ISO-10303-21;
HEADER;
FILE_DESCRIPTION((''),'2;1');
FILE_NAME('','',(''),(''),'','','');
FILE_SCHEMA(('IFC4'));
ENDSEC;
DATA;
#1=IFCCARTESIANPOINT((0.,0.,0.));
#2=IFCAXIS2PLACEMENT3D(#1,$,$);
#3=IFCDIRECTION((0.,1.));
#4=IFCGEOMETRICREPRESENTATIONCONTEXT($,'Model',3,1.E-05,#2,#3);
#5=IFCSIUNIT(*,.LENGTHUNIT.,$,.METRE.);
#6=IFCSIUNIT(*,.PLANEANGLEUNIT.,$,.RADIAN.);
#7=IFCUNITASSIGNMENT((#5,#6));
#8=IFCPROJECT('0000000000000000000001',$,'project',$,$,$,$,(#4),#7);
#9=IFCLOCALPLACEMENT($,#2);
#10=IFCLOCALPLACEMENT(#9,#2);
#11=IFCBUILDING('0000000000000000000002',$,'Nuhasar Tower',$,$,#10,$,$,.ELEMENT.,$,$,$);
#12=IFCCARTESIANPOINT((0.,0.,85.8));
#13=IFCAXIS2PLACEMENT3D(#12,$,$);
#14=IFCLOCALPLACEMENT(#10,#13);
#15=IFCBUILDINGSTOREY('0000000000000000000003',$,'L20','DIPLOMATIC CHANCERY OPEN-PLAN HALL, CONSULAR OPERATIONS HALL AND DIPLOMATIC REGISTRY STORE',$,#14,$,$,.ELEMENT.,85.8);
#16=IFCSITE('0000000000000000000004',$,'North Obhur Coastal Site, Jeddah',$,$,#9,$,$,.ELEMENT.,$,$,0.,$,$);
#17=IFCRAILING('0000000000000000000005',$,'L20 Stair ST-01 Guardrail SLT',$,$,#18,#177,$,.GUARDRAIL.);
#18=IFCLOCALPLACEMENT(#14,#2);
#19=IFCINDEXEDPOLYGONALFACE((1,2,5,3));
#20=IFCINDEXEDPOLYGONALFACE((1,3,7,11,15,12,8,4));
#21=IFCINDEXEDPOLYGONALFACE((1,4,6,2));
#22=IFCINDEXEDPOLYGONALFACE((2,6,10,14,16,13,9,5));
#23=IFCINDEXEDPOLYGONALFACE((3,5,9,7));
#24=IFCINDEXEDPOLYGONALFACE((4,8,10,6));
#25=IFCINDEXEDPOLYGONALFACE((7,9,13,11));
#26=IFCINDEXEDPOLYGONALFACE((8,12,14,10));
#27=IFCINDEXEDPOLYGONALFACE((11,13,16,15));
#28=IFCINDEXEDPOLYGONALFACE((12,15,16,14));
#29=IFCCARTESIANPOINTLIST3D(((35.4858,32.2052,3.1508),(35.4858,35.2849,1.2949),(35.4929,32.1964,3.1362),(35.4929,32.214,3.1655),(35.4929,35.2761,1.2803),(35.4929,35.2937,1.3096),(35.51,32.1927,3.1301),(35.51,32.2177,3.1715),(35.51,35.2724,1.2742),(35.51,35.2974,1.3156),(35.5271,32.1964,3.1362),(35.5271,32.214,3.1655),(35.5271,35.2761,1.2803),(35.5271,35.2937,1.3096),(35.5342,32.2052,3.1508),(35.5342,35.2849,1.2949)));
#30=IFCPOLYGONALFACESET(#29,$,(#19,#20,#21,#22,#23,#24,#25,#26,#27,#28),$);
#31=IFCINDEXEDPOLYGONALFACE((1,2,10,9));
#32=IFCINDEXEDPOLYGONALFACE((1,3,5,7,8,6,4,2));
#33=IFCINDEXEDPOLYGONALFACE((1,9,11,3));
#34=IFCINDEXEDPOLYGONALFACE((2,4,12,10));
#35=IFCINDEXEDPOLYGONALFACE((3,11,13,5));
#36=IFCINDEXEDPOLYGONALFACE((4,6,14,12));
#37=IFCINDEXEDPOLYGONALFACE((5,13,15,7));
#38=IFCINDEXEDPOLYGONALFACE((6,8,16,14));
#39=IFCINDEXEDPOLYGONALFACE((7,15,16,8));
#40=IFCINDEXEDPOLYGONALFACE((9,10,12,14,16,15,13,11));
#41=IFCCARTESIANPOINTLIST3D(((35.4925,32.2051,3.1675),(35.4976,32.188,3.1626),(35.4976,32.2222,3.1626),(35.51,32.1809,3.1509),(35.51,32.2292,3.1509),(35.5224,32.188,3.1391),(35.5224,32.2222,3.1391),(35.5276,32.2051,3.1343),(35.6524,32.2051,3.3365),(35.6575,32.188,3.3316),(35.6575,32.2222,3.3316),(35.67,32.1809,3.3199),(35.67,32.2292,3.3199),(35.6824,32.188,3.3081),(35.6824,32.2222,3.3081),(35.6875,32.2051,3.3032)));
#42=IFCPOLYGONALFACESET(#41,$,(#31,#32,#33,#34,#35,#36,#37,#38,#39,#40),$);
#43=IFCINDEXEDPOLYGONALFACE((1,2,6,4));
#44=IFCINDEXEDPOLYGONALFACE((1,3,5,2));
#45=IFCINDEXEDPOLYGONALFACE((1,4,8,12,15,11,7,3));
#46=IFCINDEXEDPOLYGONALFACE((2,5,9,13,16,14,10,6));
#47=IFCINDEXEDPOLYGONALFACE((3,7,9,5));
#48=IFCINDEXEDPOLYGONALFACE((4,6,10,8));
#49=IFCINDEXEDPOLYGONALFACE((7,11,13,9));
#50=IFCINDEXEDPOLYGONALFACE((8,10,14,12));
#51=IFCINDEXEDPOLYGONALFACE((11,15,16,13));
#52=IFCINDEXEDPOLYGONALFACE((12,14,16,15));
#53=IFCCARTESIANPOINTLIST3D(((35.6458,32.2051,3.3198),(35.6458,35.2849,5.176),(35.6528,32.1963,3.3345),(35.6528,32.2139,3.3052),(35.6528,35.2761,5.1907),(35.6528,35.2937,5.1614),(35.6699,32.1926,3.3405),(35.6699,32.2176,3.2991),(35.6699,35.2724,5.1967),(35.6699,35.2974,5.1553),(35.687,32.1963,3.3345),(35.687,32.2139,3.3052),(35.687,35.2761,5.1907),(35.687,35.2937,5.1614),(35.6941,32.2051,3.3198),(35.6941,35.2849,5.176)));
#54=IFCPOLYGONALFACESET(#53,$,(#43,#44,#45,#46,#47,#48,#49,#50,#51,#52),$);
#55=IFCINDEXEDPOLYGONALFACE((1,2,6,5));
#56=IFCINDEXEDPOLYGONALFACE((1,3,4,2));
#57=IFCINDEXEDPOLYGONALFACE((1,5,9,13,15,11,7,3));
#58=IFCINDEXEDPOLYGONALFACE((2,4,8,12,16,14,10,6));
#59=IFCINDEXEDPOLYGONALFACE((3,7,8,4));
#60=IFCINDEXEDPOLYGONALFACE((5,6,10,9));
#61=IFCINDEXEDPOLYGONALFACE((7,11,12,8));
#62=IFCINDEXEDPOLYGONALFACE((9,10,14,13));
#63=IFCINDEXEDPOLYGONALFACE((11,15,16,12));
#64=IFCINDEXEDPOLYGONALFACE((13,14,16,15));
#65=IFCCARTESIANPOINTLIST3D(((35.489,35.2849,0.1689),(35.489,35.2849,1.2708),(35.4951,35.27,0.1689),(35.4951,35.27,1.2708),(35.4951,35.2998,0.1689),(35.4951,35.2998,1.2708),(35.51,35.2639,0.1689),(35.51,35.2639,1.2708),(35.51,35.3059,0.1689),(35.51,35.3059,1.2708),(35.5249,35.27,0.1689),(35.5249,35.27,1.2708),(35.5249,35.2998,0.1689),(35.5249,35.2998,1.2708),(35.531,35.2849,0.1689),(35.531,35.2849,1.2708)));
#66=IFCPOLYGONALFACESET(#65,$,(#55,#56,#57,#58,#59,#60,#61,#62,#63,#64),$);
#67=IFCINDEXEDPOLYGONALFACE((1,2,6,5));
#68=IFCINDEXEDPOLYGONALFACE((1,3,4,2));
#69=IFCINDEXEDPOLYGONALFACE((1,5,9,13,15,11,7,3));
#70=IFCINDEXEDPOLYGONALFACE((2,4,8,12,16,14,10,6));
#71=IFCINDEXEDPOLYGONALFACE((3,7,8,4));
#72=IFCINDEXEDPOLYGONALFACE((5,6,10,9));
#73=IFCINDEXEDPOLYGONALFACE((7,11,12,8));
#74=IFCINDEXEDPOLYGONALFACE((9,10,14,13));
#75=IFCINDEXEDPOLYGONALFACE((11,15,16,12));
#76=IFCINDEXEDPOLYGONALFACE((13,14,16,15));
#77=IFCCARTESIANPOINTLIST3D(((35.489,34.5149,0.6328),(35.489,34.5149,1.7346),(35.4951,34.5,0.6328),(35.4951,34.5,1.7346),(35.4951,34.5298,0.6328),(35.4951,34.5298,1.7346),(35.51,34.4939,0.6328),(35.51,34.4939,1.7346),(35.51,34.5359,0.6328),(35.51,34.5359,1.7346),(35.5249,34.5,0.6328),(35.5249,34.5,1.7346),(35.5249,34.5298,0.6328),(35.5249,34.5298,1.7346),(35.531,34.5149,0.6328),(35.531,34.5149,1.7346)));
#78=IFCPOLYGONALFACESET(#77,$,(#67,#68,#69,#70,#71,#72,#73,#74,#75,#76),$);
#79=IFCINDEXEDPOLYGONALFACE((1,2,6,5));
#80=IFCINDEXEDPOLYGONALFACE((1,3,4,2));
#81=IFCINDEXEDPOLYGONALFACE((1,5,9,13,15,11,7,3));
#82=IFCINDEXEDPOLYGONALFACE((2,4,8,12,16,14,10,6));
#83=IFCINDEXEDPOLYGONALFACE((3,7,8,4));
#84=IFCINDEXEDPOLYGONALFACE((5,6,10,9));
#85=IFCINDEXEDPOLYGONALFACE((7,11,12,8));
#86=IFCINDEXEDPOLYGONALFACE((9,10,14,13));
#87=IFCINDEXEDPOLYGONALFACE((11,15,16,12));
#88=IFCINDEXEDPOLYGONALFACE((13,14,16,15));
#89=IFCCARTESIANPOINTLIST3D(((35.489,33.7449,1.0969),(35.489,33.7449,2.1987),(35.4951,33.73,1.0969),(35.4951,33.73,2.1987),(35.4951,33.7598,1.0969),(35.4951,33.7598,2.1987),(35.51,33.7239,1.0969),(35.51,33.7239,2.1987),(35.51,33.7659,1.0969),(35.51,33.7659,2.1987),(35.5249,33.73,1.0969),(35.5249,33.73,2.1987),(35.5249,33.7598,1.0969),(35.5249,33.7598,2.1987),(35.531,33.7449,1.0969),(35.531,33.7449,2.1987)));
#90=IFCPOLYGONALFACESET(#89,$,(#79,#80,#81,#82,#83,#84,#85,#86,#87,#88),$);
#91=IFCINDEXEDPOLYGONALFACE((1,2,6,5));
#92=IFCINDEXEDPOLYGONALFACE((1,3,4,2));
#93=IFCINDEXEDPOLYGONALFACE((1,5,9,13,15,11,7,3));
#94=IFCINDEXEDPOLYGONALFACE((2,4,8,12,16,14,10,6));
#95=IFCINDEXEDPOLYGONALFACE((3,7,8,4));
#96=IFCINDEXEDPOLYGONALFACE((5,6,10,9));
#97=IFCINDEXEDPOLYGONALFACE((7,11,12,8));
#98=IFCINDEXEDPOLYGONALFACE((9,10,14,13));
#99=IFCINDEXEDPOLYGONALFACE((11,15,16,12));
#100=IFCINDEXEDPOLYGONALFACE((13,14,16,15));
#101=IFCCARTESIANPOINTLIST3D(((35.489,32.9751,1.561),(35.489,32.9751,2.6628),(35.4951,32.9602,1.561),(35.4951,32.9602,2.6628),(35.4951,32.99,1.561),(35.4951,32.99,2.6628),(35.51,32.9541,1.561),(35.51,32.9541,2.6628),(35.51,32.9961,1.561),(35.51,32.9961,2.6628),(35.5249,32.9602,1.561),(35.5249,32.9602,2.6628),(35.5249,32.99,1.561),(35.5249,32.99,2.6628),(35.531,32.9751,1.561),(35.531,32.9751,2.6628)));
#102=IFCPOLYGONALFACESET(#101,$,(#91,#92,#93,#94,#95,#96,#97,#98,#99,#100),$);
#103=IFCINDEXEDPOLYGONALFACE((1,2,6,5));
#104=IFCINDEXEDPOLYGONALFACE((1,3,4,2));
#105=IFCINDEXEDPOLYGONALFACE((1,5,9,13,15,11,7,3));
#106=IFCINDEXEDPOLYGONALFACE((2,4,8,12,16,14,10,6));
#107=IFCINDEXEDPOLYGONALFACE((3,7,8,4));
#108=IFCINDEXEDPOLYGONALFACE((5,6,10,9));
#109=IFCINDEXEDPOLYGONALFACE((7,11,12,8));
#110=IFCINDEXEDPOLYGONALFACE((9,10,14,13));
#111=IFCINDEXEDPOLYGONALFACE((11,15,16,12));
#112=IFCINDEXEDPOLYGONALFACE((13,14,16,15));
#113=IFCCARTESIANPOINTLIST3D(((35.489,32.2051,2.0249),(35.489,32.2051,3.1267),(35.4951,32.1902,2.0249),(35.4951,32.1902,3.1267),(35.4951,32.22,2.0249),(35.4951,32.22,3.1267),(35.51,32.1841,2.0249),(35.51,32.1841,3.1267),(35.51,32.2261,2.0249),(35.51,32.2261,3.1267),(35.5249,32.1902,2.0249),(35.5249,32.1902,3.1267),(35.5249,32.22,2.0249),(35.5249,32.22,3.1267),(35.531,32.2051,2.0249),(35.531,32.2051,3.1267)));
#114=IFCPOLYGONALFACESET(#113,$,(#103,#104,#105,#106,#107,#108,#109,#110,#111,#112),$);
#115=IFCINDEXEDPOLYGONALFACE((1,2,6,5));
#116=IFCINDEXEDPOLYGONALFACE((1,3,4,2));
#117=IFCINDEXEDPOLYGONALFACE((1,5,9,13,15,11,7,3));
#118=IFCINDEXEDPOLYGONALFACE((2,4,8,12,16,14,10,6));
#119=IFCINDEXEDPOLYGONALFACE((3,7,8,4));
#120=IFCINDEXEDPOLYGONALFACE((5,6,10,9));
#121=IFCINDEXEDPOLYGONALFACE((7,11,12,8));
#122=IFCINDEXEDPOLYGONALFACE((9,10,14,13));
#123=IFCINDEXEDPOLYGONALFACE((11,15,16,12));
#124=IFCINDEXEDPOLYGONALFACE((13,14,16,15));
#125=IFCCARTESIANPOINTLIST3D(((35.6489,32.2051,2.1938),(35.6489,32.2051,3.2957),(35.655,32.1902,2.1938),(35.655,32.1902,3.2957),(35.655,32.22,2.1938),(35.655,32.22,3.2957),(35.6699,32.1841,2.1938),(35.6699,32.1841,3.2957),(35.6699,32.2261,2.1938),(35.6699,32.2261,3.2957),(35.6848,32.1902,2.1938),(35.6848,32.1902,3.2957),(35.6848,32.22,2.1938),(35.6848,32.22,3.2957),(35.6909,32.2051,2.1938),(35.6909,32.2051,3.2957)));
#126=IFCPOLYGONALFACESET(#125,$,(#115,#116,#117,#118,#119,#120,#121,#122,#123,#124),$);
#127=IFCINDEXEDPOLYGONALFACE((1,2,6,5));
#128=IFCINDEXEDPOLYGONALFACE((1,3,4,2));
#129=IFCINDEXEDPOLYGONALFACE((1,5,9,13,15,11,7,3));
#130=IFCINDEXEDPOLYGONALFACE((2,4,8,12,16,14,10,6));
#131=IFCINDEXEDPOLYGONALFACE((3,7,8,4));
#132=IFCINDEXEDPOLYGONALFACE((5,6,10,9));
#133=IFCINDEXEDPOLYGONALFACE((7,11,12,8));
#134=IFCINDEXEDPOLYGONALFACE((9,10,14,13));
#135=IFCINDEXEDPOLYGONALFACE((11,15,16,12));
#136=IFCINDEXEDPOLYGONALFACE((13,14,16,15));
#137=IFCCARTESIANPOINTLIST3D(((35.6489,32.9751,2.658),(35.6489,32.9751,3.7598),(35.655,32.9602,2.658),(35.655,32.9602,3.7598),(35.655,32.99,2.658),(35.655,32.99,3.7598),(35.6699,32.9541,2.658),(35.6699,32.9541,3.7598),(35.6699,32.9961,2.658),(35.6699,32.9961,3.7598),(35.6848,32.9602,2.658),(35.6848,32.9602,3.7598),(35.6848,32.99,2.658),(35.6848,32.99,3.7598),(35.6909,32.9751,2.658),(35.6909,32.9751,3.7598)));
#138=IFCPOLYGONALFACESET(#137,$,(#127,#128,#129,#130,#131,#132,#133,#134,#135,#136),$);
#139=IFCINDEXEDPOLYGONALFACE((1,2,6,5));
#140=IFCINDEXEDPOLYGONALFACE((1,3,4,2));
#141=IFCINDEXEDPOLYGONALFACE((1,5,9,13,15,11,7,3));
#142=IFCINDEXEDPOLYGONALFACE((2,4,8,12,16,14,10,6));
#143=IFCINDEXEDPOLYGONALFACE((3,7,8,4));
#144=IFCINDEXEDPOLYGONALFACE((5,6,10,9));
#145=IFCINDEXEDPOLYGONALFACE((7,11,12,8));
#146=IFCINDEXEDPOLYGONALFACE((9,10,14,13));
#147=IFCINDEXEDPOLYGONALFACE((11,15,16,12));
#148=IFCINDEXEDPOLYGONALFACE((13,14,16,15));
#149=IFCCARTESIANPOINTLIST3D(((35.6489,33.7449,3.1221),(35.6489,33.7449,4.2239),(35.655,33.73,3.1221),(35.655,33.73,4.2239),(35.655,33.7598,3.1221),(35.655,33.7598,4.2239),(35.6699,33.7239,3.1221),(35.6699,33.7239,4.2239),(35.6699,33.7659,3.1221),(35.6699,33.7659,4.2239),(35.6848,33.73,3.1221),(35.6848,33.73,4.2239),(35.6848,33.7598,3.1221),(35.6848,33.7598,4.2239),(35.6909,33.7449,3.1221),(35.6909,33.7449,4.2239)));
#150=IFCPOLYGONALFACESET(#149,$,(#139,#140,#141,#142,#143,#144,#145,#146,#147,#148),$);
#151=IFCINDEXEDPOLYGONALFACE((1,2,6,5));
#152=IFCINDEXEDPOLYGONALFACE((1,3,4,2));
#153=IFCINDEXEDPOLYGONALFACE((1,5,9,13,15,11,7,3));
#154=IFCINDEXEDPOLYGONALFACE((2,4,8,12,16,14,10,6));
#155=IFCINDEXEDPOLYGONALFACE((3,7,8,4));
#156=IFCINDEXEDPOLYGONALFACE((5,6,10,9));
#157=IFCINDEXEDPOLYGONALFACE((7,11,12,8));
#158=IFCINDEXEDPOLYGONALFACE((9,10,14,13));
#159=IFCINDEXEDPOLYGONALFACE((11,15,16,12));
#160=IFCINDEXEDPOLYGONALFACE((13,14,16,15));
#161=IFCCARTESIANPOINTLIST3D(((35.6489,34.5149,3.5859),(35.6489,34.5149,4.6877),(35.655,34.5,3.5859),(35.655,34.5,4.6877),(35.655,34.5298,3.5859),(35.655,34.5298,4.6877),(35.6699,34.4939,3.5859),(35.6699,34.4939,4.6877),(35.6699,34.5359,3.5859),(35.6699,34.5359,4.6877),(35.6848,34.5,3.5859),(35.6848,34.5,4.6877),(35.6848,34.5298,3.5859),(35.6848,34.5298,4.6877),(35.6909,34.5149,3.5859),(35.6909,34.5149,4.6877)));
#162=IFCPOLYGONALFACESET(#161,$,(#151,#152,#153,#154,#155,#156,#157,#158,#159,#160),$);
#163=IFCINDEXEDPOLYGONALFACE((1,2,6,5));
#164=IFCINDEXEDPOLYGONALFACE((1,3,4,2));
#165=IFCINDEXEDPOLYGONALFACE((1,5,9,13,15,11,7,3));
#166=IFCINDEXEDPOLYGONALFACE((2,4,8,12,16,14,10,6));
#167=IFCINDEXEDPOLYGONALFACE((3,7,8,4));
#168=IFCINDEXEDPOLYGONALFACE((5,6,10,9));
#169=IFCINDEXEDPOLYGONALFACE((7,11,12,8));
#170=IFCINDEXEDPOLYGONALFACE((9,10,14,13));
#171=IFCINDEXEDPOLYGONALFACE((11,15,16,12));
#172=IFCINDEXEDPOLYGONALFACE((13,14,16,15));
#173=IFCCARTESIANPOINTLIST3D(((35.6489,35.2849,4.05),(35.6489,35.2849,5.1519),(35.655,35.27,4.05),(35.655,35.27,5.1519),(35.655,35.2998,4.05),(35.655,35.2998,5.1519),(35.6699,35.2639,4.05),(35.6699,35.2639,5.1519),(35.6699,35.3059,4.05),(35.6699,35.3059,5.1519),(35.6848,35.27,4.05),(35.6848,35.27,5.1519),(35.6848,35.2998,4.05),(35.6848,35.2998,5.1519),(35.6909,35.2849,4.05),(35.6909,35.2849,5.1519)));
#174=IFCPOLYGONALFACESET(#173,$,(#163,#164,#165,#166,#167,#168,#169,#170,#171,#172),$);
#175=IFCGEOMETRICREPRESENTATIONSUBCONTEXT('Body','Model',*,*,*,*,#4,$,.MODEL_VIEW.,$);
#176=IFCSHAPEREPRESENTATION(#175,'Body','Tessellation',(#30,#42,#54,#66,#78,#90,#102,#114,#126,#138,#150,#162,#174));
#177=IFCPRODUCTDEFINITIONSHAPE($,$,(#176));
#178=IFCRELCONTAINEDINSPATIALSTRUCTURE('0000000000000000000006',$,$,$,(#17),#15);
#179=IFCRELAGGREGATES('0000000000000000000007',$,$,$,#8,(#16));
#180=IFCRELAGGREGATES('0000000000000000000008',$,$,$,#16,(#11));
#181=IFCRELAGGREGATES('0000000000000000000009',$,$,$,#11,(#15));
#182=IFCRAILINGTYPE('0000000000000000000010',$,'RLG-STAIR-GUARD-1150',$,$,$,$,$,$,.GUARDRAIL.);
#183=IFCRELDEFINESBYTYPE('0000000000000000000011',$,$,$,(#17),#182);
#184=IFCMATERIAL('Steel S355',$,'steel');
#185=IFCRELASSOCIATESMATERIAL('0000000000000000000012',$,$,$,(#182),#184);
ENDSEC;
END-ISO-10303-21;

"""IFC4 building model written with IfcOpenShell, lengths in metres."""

from ifc_helpers import new_model, si_unit, direction, frame, origin, place, context, subcontext, project, spatial, polyline, outline, extrude, material, type_object, element, save


model = new_model("IFC4")

# Units and contexts
model_context = context("Model", 3, precision=1e-05, world=origin(), true_north=direction((0.0, 1.0)))
body_context = subcontext(model_context, "Body", "Model", "MODEL_VIEW")
ifc_project = project(units=[si_unit("LENGTHUNIT", "METRE"), si_unit("PLANEANGLEUNIT", "RADIAN")], contexts=[model_context])

# Site, building, storey
site_placement = place(None, origin())
site = spatial("IfcSite", under=ifc_project, at=site_placement, Name="North Obhur Coastal Site, Jeddah", CompositionType="ELEMENT", RefElevation=0.0)
building_placement = place(site_placement, origin())
building = spatial("IfcBuilding", under=site, at=building_placement, Name="Nuhasar Tower", CompositionType="ELEMENT")
storey_placement = place(building_placement, frame((0.0, 0.0, 85.8)))
storey = spatial("IfcBuildingStorey", under=building, at=storey_placement, Name="L20", Description="DIPLOMATIC CHANCERY OPEN-PLAN HALL, CONSULAR OPERATIONS HALL AND DIPLOMATIC REGISTRY STORE", CompositionType="ELEMENT", Elevation=85.8)

# Shared definitions
ifc_material_1 = material(Name="Steel S355", Category="steel")

# Railing
railing_type_1 = type_object("IfcRailingType", Name="RLG-STAIR-GUARD-1150", PredefinedType="GUARDRAIL", material=ifc_material_1)
railing_1_placement = place(storey_placement, frame((35.51, 35.2849, 0.1689)))
element("IfcRailing", 1, at=railing_1_placement, inside=storey, type_object=railing_type_1, Name="L20 Stair ST-01 Guardrail SLT", PredefinedType="GUARDRAIL", context=body_context, shape_type="SweptSolid", body=[
    extrude(outline(polyline([(0.0242, 0.0), (0.0171, 0.0171), (0.0, 0.0242), (-0.0171, 0.0171), (-0.0242, 0.0), (-0.0171, -0.0171), (0.0, -0.0242), (0.0171, -0.0171), (0.0242, 0.0)])), frame((0.0, 0.0, 1.126), z_axis=(0.0, -0.856503, 0.516142), x_axis=(1.0, 0.0, 0.0)), (0.0, 0.0, 1.0), 3.5957),
    extrude(outline(polyline([(0.0242, 0.0), (0.0171, 0.0171), (0.0, 0.0242), (-0.0171, 0.0171), (-0.0242, 0.0), (-0.0171, -0.0171), (0.0, -0.0242), (0.0171, -0.0171), (0.0242, 0.0)])), frame((0.0, -3.0798, 2.9819), z_axis=(0.687424, 0.0, 0.726256), x_axis=(0.0, 1.0, 0.0)), (0.0, 0.0, 1.0), 0.2327),
    extrude(outline(polyline([(0.0242, 0.0), (0.0171, 0.0171), (0.0, 0.0242), (-0.0171, 0.0171), (-0.0242, 0.0), (-0.0171, -0.0171), (0.0, -0.0242), (0.0171, -0.0171), (0.0242, 0.0)])), frame((0.1599, -3.0798, 3.1509), z_axis=(0.0, 0.856473, 0.516192), x_axis=(-1.0, 0.0, 0.0)), (0.0, 0.0, 1.0), 3.5959),
    extrude(outline(polyline([(0.021, 0.0), (0.0149, 0.0149), (0.0, 0.021), (-0.0149, 0.0149), (-0.021, 0.0), (-0.0149, -0.0149), (0.0, -0.021), (0.0149, -0.0149), (0.021, 0.0)])), origin(), (0.0, 0.0, 1.0), 1.1018),
    extrude(outline(polyline([(0.021, 0.0), (0.0149, 0.0149), (0.0, 0.021), (-0.0149, 0.0149), (-0.021, 0.0), (-0.0149, -0.0149), (0.0, -0.021), (0.0149, -0.0149), (0.021, 0.0)])), frame((0.0, -0.77, 0.4639)), (0.0, 0.0, 1.0), 1.1018),
    extrude(outline(polyline([(0.021, 0.0), (0.0149, 0.0149), (0.0, 0.021), (-0.0149, 0.0149), (-0.021, 0.0), (-0.0149, -0.0149), (0.0, -0.021), (0.0149, -0.0149), (0.021, 0.0)])), frame((0.0, -1.54, 0.928)), (0.0, 0.0, 1.0), 1.1018),
    extrude(outline(polyline([(0.021, 0.0), (0.0149, 0.0149), (0.0, 0.021), (-0.0149, 0.0149), (-0.021, 0.0), (-0.0149, -0.0149), (0.0, -0.021), (0.0149, -0.0149), (0.021, 0.0)])), frame((0.0, -2.3098, 1.3921)), (0.0, 0.0, 1.0), 1.1018),
    extrude(outline(polyline([(0.021, 0.0), (0.0149, 0.0149), (0.0, 0.021), (-0.0149, 0.0149), (-0.021, 0.0), (-0.0149, -0.0149), (0.0, -0.021), (0.0149, -0.0149), (0.021, 0.0)])), frame((0.0, -3.0798, 1.856)), (0.0, 0.0, 1.0), 1.1018),
    extrude(outline(polyline([(0.021, 0.0), (0.0149, 0.0149), (0.0, 0.021), (-0.0149, 0.0149), (-0.021, 0.0), (-0.0149, -0.0149), (0.0, -0.021), (0.0149, -0.0149), (0.021, 0.0)])), frame((0.1599, -3.0798, 2.0249)), (0.0, 0.0, 1.0), 1.1018),
    extrude(outline(polyline([(0.021, 0.0), (0.0149, 0.0149), (0.0, 0.021), (-0.0149, 0.0149), (-0.021, 0.0), (-0.0149, -0.0149), (0.0, -0.021), (0.0149, -0.0149), (0.021, 0.0)])), frame((0.1599, -2.3098, 2.489)), (0.0, 0.0, 1.0), 1.1018),
    extrude(outline(polyline([(0.021, 0.0), (0.0149, 0.0149), (0.0, 0.021), (-0.0149, 0.0149), (-0.021, 0.0), (-0.0149, -0.0149), (0.0, -0.021), (0.0149, -0.0149), (0.021, 0.0)])), frame((0.1599, -1.54, 2.9531)), (0.0, 0.0, 1.0), 1.1018),
    extrude(outline(polyline([(0.021, 0.0), (0.0149, 0.0149), (0.0, 0.021), (-0.0149, 0.0149), (-0.021, 0.0), (-0.0149, -0.0149), (0.0, -0.021), (0.0149, -0.0149), (0.021, 0.0)])), frame((0.1599, -0.77, 3.417)), (0.0, 0.0, 1.0), 1.1018),
    extrude(outline(polyline([(0.021, 0.0), (0.0149, 0.0149), (0.0, 0.021), (-0.0149, 0.0149), (-0.021, 0.0), (-0.0149, -0.0149), (0.0, -0.021), (0.0149, -0.0149), (0.021, 0.0)])), frame((0.1599, 0.0, 3.8811)), (0.0, 0.0, 1.0), 1.1018),
])

save(model, "model.ifc")
